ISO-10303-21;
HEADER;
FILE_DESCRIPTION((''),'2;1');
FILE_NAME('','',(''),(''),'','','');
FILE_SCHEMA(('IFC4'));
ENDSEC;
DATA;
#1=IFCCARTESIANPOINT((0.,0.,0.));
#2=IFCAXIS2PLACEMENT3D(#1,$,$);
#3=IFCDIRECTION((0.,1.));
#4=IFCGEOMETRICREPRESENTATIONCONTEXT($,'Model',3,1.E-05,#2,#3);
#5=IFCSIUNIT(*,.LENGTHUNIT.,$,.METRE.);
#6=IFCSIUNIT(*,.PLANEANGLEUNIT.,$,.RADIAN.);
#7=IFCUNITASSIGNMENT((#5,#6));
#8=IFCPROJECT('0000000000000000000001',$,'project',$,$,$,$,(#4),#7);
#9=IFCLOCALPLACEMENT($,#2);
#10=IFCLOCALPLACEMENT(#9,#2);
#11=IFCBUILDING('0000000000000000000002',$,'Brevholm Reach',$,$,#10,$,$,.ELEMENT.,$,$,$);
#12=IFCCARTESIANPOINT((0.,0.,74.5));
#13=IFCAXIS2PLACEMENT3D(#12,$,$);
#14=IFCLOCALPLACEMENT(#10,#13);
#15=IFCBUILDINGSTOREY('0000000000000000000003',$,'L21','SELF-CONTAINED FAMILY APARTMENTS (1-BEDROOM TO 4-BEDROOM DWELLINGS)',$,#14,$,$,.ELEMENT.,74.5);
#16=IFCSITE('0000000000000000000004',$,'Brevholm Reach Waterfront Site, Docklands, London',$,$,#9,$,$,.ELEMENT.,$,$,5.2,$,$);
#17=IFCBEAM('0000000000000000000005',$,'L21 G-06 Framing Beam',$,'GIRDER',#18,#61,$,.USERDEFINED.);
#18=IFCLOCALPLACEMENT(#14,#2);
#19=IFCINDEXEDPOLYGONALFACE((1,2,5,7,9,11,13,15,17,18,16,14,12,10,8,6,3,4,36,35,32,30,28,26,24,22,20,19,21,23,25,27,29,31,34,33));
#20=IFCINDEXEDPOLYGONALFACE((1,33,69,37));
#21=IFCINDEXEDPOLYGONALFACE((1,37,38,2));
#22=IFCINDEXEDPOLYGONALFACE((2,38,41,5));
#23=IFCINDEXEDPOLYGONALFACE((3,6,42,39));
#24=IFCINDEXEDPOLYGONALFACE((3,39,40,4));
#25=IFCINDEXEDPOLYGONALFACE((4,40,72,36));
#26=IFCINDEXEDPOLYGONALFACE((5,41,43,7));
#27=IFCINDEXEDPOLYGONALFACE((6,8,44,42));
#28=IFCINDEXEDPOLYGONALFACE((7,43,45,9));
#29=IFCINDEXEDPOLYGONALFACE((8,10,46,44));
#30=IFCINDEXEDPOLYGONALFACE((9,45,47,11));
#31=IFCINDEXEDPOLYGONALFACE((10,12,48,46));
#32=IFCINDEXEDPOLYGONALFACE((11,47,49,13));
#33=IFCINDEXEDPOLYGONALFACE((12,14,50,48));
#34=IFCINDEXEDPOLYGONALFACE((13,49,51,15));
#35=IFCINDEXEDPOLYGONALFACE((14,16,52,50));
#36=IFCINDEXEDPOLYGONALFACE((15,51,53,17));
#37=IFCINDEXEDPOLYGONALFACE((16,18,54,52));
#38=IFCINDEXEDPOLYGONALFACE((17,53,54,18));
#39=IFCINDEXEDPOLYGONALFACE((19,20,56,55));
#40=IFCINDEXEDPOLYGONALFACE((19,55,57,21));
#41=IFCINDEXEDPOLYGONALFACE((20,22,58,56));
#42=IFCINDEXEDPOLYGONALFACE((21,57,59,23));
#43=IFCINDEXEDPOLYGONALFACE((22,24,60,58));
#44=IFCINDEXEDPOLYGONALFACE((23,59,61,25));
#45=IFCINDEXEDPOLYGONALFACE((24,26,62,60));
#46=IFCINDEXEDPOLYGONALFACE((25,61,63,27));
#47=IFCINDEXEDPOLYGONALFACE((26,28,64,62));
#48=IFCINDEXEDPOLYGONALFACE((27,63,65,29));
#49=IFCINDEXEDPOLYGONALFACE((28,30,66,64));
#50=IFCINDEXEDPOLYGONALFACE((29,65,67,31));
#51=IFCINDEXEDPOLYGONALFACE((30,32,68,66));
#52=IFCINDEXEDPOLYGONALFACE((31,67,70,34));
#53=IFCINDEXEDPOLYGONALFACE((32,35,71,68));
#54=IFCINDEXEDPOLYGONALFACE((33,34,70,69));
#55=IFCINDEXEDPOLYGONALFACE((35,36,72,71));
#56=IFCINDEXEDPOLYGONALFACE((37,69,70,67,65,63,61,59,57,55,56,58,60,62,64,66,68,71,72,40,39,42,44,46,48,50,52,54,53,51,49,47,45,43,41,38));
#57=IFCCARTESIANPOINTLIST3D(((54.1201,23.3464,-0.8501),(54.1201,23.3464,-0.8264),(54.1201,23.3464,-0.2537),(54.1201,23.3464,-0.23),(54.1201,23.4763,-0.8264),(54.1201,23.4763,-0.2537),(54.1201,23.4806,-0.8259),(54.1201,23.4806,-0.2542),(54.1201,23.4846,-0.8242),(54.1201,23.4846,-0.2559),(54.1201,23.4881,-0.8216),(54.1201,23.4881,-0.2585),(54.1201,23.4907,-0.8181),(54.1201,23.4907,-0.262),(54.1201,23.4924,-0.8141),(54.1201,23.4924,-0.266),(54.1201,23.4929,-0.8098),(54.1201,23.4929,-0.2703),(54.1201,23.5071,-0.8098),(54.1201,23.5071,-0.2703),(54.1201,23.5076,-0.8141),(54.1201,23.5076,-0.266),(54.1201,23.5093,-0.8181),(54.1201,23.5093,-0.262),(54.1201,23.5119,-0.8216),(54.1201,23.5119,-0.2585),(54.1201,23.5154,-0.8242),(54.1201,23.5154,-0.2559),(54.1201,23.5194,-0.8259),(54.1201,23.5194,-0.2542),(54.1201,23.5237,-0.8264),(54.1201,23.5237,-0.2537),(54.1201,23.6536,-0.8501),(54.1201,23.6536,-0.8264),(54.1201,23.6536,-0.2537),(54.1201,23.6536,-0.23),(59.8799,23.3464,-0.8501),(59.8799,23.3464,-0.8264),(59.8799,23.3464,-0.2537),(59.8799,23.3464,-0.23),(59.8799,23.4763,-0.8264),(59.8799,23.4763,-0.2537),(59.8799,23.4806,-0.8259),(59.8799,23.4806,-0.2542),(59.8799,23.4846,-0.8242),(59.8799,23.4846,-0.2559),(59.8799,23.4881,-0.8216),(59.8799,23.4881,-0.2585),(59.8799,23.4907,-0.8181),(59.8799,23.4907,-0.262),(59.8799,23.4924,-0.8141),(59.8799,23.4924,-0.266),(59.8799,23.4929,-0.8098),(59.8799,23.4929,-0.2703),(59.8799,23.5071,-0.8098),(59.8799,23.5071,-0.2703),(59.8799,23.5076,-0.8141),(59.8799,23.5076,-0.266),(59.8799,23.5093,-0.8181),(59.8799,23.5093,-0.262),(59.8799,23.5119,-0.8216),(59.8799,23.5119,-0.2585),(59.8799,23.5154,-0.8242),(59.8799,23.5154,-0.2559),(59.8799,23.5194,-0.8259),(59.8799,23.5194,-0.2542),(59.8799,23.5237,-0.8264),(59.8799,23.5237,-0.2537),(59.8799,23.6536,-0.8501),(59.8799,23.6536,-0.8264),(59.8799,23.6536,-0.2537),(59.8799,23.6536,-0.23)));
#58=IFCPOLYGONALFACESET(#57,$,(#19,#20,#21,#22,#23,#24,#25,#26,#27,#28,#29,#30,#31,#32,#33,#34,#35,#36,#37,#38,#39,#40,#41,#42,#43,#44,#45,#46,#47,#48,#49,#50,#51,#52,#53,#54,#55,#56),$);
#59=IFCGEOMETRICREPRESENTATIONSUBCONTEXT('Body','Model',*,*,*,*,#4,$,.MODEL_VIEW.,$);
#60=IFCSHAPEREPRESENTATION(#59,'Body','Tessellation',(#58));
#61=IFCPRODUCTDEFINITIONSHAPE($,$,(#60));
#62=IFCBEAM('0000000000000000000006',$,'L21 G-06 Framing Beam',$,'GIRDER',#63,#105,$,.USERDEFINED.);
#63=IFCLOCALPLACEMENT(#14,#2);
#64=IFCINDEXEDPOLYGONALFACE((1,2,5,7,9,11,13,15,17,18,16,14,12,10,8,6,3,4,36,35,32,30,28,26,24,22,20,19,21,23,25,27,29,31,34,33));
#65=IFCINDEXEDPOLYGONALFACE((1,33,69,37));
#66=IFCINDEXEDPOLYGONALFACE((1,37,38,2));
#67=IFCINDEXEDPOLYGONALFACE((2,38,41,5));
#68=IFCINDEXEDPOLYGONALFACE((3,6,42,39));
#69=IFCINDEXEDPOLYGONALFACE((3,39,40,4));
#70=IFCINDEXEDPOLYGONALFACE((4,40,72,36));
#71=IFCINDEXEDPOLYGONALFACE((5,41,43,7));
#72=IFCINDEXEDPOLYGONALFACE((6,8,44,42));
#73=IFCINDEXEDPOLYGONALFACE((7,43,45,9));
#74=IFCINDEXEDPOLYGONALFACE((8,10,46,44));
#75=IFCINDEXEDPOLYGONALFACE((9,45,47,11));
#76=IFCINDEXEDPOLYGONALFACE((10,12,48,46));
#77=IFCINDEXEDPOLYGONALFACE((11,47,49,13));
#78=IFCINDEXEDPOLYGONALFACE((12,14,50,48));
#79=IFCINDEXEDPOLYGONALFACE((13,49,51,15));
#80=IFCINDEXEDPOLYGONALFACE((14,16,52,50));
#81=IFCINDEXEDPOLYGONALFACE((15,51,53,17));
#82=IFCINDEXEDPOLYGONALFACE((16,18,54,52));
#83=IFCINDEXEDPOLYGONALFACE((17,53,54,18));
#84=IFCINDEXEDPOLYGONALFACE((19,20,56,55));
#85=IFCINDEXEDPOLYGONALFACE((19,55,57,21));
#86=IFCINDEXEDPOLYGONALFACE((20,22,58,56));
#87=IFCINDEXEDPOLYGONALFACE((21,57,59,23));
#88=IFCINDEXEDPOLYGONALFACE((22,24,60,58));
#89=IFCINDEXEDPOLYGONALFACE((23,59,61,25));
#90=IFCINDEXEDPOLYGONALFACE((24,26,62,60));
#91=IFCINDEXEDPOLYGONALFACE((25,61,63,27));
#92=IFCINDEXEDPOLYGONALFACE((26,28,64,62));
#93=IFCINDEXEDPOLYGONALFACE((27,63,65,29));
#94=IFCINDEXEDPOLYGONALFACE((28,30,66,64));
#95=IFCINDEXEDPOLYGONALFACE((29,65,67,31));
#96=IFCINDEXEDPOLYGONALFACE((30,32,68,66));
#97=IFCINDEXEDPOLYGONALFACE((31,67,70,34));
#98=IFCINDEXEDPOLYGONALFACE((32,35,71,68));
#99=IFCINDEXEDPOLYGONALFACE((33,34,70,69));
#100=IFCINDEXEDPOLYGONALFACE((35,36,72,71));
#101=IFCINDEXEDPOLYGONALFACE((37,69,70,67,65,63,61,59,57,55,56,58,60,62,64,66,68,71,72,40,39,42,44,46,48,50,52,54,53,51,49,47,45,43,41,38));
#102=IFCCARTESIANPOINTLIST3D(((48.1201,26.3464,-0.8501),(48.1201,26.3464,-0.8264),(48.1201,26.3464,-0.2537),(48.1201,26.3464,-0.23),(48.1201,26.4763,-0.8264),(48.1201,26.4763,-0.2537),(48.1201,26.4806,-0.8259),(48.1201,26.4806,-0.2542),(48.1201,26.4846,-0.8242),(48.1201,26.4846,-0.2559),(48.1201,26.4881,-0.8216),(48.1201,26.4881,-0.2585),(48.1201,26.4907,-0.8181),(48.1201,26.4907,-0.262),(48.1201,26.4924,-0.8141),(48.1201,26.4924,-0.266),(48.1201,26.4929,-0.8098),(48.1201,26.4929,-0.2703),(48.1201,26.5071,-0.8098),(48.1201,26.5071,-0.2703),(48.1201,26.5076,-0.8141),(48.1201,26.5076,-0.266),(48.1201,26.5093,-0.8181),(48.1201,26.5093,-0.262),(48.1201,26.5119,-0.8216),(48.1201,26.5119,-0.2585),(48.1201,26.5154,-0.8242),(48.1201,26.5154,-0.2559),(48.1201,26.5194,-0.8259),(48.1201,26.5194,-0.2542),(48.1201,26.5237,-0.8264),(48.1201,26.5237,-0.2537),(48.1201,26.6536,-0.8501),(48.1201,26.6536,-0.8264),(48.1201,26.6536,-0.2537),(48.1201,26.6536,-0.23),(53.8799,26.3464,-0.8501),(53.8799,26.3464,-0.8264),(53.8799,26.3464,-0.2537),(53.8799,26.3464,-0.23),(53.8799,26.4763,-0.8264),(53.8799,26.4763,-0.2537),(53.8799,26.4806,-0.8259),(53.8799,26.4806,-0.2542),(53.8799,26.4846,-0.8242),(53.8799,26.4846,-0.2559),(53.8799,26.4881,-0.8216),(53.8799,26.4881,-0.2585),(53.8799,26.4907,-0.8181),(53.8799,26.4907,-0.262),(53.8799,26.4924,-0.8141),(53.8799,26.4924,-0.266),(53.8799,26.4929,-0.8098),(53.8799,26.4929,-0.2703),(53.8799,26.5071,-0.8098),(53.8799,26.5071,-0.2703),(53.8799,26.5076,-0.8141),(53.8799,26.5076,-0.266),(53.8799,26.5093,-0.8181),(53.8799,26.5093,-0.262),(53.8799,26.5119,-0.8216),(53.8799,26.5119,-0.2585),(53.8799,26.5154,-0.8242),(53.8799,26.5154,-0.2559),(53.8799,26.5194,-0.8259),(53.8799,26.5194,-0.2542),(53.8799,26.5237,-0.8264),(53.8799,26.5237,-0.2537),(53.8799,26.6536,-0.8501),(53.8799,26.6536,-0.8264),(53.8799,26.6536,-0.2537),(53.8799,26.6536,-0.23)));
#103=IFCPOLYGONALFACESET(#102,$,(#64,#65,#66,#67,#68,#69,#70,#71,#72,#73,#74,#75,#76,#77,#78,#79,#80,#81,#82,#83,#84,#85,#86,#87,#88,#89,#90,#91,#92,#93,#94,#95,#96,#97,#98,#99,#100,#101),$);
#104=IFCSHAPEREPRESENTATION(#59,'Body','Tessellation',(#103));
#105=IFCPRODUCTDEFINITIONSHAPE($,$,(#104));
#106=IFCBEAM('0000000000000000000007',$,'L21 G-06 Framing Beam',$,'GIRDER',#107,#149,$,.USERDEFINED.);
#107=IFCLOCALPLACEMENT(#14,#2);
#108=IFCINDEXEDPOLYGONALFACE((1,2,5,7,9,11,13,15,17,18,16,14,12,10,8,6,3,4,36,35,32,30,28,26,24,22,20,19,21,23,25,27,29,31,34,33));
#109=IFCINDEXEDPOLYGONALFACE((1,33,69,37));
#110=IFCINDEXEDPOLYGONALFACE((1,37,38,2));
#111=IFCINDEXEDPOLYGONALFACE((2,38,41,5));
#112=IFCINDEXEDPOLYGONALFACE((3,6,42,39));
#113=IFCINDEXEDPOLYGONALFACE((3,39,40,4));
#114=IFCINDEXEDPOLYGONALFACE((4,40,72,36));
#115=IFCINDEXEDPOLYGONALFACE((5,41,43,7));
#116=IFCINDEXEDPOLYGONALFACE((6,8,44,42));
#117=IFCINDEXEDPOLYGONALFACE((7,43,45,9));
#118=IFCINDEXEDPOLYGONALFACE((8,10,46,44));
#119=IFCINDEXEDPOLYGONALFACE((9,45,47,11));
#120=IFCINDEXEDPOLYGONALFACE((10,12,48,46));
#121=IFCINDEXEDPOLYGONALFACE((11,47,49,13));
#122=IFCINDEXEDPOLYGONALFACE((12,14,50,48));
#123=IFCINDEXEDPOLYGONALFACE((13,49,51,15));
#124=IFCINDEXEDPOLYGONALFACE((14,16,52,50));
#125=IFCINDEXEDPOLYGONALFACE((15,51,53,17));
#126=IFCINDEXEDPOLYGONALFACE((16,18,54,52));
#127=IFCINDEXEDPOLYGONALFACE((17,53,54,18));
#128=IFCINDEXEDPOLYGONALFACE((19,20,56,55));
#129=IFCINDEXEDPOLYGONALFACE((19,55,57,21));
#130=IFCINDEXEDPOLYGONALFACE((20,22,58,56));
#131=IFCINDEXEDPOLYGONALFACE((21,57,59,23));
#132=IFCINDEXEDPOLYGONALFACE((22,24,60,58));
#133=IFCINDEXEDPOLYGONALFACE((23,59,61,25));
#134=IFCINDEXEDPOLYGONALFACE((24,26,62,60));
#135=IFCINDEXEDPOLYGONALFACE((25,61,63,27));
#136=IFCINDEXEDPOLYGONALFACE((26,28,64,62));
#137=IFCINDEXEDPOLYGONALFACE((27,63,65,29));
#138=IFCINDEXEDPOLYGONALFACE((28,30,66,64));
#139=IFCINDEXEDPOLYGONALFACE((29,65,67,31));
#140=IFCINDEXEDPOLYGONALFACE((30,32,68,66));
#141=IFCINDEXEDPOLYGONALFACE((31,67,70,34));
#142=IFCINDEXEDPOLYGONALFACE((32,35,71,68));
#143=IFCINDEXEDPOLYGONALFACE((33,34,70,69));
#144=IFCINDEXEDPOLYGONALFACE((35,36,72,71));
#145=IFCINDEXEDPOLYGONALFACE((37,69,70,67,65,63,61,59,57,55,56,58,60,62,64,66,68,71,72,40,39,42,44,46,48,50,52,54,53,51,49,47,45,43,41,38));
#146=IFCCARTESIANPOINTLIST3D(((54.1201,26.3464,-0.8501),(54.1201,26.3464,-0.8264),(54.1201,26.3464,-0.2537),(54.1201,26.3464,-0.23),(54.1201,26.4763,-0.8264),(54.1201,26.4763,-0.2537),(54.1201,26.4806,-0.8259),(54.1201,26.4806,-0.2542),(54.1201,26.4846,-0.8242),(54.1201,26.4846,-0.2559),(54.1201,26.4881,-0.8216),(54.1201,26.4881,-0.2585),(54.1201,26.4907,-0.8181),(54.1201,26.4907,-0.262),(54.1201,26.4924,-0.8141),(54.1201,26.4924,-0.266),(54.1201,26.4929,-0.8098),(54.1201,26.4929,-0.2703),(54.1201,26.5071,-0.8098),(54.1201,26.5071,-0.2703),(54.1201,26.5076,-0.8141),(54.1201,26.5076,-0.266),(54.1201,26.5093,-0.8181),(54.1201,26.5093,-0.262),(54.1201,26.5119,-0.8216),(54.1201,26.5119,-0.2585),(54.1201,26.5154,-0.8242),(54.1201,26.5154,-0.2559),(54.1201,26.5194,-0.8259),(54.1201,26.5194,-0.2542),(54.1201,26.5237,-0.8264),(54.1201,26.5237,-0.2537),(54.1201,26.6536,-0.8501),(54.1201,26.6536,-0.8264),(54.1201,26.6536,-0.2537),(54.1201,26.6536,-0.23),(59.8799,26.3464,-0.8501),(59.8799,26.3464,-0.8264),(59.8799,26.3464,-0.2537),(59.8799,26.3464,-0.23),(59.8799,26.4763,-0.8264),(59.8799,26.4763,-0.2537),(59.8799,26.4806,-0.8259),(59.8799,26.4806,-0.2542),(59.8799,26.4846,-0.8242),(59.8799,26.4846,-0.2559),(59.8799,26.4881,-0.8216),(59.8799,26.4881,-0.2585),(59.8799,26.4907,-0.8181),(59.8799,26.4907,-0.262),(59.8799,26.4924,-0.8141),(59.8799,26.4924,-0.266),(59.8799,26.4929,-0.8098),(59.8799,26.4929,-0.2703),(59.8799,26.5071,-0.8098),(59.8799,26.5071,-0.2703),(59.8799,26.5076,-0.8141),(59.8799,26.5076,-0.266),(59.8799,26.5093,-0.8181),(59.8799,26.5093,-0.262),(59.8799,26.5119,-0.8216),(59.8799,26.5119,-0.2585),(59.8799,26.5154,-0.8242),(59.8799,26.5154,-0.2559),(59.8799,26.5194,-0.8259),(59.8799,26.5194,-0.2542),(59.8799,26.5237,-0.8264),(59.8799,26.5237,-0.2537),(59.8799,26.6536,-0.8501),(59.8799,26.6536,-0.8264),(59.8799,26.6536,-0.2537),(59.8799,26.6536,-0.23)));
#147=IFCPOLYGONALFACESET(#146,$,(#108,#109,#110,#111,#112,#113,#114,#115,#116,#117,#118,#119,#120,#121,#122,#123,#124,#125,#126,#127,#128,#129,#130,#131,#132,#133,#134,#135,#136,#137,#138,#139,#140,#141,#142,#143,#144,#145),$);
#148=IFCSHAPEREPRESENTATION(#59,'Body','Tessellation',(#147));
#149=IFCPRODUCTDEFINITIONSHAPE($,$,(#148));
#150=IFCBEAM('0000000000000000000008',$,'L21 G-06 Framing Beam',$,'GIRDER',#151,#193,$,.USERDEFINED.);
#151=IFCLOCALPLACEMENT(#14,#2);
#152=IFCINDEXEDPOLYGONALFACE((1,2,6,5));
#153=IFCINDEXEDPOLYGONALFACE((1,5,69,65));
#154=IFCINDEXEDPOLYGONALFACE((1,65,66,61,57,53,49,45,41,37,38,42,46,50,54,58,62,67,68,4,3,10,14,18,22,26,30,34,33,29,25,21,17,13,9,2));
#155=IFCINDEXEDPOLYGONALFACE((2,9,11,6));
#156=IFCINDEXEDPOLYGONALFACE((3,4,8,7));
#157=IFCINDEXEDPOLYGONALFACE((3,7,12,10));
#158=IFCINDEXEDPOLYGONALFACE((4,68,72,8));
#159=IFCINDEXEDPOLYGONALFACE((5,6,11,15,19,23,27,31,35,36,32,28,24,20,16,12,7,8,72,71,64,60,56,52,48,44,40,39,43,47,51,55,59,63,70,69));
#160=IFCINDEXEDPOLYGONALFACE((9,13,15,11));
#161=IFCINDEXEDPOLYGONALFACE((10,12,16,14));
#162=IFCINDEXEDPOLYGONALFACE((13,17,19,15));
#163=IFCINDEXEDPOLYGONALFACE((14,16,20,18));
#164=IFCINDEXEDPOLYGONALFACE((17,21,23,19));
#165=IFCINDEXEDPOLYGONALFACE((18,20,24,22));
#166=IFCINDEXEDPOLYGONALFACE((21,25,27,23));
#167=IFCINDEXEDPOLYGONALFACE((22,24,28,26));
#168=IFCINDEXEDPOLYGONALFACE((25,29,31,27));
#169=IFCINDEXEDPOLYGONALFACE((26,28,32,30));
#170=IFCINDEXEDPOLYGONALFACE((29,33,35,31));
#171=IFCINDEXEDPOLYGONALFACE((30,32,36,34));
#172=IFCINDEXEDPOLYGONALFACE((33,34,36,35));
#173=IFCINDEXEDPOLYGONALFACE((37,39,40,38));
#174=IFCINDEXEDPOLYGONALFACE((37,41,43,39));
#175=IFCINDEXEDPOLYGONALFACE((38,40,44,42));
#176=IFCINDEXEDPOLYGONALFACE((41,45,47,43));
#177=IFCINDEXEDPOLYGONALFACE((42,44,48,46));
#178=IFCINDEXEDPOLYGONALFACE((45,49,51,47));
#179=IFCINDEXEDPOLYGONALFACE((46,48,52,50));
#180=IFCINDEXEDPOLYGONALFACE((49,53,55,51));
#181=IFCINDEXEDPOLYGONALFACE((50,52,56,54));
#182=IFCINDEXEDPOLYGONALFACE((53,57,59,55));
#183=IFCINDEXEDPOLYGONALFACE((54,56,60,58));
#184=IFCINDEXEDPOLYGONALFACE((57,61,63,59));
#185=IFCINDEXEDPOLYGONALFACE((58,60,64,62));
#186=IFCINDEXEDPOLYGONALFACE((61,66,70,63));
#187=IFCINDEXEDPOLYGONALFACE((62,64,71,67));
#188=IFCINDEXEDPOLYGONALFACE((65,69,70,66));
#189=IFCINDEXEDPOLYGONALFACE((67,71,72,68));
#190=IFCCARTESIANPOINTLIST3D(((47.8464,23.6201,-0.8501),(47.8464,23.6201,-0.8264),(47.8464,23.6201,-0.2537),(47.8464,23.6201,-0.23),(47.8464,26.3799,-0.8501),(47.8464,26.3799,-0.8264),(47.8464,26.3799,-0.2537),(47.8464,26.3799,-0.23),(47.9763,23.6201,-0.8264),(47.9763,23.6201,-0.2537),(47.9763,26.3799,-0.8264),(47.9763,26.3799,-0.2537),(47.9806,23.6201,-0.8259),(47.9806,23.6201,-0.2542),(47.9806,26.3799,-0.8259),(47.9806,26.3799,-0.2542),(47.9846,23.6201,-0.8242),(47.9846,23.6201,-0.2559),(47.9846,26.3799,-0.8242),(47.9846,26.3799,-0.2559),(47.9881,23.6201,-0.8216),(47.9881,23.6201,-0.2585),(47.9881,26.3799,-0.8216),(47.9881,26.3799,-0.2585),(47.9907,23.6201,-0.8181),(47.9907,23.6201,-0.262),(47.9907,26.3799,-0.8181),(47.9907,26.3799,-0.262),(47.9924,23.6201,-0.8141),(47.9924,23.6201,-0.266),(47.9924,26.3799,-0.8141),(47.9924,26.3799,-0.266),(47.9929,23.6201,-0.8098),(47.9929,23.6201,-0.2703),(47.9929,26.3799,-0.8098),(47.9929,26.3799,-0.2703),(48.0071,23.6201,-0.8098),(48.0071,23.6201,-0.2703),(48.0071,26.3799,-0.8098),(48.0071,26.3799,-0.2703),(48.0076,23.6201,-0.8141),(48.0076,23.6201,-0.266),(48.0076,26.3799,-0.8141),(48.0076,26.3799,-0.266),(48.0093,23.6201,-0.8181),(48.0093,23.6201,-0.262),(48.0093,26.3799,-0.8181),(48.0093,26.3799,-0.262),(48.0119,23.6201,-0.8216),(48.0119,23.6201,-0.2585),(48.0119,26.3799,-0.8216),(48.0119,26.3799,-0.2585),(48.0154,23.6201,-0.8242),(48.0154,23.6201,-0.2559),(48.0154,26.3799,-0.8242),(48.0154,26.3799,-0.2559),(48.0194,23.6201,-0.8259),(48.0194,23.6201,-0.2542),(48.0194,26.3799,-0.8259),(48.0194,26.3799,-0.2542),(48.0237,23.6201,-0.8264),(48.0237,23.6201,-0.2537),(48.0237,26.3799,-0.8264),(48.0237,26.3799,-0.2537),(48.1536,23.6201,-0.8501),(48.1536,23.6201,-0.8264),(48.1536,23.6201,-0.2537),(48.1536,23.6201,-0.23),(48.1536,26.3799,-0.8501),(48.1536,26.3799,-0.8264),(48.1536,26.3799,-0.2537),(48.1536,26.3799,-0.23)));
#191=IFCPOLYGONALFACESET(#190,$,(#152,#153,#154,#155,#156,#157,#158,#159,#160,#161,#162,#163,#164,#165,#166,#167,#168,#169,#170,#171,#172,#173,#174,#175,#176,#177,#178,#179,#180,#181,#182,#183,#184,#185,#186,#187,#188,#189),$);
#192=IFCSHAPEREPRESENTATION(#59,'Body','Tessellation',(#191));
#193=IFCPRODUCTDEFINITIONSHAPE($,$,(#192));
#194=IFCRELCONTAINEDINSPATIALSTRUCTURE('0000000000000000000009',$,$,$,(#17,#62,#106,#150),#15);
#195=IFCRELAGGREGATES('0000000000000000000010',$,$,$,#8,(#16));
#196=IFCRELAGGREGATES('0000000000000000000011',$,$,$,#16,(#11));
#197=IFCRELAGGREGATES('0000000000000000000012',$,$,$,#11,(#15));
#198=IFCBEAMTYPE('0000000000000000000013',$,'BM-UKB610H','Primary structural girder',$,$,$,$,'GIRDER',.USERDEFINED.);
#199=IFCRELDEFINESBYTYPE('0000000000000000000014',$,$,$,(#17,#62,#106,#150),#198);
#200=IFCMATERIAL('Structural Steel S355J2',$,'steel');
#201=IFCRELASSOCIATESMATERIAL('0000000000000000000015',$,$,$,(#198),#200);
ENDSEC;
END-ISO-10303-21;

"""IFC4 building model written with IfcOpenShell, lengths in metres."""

from ifc_helpers import new_model, si_unit, direction, frame, origin, origin_2d, place, context, subcontext, project, spatial, i_section, extrude, material, material_profile, profile_set, type_object, element, save


model = new_model("IFC4")

# Units and contexts
model_context = context("Model", 3, precision=1e-05, world=origin(), true_north=direction((0.0, 1.0)))
body_context = subcontext(model_context, "Body", "Model", "MODEL_VIEW")
ifc_project = project(units=[si_unit("LENGTHUNIT", "METRE"), si_unit("PLANEANGLEUNIT", "RADIAN")], contexts=[model_context])

# Site, building, storey
site_placement = place(None, origin())
site = spatial("IfcSite", under=ifc_project, at=site_placement, Name="Brevholm Reach Waterfront Site, Docklands, London", CompositionType="ELEMENT", RefElevation=5.2)
building_placement = place(site_placement, origin())
building = spatial("IfcBuilding", under=site, at=building_placement, Name="Brevholm Reach", CompositionType="ELEMENT")
storey_placement = place(building_placement, frame((0.0, 0.0, 74.5)))
storey = spatial("IfcBuildingStorey", under=building, at=storey_placement, Name="L21", Description="SELF-CONTAINED FAMILY APARTMENTS (1-BEDROOM TO 4-BEDROOM DWELLINGS)", CompositionType="ELEMENT", Elevation=74.5)

# Beams
ifc_material_1 = material(Name="Structural Steel S355J2", Category="steel")
ifc_material_profile_1 = material_profile(ifc_material_1, i_section(OverallWidth=0.3071, OverallDepth=0.6201, WebThickness=0.0142, FlangeThickness=0.0237, FilletRadius=0.0166, at=origin_2d()), Name="UKB 610x305x179")
ifc_profile_set_1 = profile_set([ifc_material_profile_1], Name="Structural Steel S355J2")
beam_type_1 = type_object("IfcBeamType", Name="BM-UKB610H", Description="Primary structural girder", ElementType="GIRDER", PredefinedType="USERDEFINED", material=ifc_profile_set_1)
for number, where, z_axis, x_axis, name in (
    (1, (54.1201, 23.5, -0.54), (1.0, 0.0, 0.0), (0.0, 1.0, 0.0), "L21 G-06 Framing Beam"),
    (2, (48.1201, 26.5, -0.54), (1.0, 0.0, 0.0), (0.0, 1.0, 0.0), "L21 G-06 Framing Beam"),
    (3, (54.1201, 26.5, -0.54), (1.0, 0.0, 0.0), (0.0, 1.0, 0.0), "L21 G-06 Framing Beam"),
):
    element("IfcBeam", number, at=place(storey_placement, frame(where, z_axis=z_axis, x_axis=x_axis)), inside=storey, type_object=beam_type_1, Name=name, ObjectType="GIRDER", PredefinedType="USERDEFINED", context=body_context, shape_type="SweptSolid", body=[
        extrude(i_section(OverallWidth=0.3071, OverallDepth=0.6201, WebThickness=0.0142, FlangeThickness=0.0237, FilletRadius=0.0166, at=origin_2d()), origin(), (0.0, 0.0, 1.0), 5.7598),
    ])
beam_1_placement = place(storey_placement, frame((48.0, 23.6201, -0.54), z_axis=(0.0, 1.0, 0.0), x_axis=(-1.0, 0.0, 0.0)))
element("IfcBeam", 4, at=beam_1_placement, inside=storey, type_object=beam_type_1, Name="L21 G-06 Framing Beam", ObjectType="GIRDER", PredefinedType="USERDEFINED", context=body_context, shape_type="SweptSolid", body=[
    extrude(i_section(OverallWidth=0.3071, OverallDepth=0.6201, WebThickness=0.0142, FlangeThickness=0.0237, FilletRadius=0.0166, at=origin_2d()), origin(), (0.0, 0.0, 1.0), 2.7598),
])

save(model, "model.ifc")
